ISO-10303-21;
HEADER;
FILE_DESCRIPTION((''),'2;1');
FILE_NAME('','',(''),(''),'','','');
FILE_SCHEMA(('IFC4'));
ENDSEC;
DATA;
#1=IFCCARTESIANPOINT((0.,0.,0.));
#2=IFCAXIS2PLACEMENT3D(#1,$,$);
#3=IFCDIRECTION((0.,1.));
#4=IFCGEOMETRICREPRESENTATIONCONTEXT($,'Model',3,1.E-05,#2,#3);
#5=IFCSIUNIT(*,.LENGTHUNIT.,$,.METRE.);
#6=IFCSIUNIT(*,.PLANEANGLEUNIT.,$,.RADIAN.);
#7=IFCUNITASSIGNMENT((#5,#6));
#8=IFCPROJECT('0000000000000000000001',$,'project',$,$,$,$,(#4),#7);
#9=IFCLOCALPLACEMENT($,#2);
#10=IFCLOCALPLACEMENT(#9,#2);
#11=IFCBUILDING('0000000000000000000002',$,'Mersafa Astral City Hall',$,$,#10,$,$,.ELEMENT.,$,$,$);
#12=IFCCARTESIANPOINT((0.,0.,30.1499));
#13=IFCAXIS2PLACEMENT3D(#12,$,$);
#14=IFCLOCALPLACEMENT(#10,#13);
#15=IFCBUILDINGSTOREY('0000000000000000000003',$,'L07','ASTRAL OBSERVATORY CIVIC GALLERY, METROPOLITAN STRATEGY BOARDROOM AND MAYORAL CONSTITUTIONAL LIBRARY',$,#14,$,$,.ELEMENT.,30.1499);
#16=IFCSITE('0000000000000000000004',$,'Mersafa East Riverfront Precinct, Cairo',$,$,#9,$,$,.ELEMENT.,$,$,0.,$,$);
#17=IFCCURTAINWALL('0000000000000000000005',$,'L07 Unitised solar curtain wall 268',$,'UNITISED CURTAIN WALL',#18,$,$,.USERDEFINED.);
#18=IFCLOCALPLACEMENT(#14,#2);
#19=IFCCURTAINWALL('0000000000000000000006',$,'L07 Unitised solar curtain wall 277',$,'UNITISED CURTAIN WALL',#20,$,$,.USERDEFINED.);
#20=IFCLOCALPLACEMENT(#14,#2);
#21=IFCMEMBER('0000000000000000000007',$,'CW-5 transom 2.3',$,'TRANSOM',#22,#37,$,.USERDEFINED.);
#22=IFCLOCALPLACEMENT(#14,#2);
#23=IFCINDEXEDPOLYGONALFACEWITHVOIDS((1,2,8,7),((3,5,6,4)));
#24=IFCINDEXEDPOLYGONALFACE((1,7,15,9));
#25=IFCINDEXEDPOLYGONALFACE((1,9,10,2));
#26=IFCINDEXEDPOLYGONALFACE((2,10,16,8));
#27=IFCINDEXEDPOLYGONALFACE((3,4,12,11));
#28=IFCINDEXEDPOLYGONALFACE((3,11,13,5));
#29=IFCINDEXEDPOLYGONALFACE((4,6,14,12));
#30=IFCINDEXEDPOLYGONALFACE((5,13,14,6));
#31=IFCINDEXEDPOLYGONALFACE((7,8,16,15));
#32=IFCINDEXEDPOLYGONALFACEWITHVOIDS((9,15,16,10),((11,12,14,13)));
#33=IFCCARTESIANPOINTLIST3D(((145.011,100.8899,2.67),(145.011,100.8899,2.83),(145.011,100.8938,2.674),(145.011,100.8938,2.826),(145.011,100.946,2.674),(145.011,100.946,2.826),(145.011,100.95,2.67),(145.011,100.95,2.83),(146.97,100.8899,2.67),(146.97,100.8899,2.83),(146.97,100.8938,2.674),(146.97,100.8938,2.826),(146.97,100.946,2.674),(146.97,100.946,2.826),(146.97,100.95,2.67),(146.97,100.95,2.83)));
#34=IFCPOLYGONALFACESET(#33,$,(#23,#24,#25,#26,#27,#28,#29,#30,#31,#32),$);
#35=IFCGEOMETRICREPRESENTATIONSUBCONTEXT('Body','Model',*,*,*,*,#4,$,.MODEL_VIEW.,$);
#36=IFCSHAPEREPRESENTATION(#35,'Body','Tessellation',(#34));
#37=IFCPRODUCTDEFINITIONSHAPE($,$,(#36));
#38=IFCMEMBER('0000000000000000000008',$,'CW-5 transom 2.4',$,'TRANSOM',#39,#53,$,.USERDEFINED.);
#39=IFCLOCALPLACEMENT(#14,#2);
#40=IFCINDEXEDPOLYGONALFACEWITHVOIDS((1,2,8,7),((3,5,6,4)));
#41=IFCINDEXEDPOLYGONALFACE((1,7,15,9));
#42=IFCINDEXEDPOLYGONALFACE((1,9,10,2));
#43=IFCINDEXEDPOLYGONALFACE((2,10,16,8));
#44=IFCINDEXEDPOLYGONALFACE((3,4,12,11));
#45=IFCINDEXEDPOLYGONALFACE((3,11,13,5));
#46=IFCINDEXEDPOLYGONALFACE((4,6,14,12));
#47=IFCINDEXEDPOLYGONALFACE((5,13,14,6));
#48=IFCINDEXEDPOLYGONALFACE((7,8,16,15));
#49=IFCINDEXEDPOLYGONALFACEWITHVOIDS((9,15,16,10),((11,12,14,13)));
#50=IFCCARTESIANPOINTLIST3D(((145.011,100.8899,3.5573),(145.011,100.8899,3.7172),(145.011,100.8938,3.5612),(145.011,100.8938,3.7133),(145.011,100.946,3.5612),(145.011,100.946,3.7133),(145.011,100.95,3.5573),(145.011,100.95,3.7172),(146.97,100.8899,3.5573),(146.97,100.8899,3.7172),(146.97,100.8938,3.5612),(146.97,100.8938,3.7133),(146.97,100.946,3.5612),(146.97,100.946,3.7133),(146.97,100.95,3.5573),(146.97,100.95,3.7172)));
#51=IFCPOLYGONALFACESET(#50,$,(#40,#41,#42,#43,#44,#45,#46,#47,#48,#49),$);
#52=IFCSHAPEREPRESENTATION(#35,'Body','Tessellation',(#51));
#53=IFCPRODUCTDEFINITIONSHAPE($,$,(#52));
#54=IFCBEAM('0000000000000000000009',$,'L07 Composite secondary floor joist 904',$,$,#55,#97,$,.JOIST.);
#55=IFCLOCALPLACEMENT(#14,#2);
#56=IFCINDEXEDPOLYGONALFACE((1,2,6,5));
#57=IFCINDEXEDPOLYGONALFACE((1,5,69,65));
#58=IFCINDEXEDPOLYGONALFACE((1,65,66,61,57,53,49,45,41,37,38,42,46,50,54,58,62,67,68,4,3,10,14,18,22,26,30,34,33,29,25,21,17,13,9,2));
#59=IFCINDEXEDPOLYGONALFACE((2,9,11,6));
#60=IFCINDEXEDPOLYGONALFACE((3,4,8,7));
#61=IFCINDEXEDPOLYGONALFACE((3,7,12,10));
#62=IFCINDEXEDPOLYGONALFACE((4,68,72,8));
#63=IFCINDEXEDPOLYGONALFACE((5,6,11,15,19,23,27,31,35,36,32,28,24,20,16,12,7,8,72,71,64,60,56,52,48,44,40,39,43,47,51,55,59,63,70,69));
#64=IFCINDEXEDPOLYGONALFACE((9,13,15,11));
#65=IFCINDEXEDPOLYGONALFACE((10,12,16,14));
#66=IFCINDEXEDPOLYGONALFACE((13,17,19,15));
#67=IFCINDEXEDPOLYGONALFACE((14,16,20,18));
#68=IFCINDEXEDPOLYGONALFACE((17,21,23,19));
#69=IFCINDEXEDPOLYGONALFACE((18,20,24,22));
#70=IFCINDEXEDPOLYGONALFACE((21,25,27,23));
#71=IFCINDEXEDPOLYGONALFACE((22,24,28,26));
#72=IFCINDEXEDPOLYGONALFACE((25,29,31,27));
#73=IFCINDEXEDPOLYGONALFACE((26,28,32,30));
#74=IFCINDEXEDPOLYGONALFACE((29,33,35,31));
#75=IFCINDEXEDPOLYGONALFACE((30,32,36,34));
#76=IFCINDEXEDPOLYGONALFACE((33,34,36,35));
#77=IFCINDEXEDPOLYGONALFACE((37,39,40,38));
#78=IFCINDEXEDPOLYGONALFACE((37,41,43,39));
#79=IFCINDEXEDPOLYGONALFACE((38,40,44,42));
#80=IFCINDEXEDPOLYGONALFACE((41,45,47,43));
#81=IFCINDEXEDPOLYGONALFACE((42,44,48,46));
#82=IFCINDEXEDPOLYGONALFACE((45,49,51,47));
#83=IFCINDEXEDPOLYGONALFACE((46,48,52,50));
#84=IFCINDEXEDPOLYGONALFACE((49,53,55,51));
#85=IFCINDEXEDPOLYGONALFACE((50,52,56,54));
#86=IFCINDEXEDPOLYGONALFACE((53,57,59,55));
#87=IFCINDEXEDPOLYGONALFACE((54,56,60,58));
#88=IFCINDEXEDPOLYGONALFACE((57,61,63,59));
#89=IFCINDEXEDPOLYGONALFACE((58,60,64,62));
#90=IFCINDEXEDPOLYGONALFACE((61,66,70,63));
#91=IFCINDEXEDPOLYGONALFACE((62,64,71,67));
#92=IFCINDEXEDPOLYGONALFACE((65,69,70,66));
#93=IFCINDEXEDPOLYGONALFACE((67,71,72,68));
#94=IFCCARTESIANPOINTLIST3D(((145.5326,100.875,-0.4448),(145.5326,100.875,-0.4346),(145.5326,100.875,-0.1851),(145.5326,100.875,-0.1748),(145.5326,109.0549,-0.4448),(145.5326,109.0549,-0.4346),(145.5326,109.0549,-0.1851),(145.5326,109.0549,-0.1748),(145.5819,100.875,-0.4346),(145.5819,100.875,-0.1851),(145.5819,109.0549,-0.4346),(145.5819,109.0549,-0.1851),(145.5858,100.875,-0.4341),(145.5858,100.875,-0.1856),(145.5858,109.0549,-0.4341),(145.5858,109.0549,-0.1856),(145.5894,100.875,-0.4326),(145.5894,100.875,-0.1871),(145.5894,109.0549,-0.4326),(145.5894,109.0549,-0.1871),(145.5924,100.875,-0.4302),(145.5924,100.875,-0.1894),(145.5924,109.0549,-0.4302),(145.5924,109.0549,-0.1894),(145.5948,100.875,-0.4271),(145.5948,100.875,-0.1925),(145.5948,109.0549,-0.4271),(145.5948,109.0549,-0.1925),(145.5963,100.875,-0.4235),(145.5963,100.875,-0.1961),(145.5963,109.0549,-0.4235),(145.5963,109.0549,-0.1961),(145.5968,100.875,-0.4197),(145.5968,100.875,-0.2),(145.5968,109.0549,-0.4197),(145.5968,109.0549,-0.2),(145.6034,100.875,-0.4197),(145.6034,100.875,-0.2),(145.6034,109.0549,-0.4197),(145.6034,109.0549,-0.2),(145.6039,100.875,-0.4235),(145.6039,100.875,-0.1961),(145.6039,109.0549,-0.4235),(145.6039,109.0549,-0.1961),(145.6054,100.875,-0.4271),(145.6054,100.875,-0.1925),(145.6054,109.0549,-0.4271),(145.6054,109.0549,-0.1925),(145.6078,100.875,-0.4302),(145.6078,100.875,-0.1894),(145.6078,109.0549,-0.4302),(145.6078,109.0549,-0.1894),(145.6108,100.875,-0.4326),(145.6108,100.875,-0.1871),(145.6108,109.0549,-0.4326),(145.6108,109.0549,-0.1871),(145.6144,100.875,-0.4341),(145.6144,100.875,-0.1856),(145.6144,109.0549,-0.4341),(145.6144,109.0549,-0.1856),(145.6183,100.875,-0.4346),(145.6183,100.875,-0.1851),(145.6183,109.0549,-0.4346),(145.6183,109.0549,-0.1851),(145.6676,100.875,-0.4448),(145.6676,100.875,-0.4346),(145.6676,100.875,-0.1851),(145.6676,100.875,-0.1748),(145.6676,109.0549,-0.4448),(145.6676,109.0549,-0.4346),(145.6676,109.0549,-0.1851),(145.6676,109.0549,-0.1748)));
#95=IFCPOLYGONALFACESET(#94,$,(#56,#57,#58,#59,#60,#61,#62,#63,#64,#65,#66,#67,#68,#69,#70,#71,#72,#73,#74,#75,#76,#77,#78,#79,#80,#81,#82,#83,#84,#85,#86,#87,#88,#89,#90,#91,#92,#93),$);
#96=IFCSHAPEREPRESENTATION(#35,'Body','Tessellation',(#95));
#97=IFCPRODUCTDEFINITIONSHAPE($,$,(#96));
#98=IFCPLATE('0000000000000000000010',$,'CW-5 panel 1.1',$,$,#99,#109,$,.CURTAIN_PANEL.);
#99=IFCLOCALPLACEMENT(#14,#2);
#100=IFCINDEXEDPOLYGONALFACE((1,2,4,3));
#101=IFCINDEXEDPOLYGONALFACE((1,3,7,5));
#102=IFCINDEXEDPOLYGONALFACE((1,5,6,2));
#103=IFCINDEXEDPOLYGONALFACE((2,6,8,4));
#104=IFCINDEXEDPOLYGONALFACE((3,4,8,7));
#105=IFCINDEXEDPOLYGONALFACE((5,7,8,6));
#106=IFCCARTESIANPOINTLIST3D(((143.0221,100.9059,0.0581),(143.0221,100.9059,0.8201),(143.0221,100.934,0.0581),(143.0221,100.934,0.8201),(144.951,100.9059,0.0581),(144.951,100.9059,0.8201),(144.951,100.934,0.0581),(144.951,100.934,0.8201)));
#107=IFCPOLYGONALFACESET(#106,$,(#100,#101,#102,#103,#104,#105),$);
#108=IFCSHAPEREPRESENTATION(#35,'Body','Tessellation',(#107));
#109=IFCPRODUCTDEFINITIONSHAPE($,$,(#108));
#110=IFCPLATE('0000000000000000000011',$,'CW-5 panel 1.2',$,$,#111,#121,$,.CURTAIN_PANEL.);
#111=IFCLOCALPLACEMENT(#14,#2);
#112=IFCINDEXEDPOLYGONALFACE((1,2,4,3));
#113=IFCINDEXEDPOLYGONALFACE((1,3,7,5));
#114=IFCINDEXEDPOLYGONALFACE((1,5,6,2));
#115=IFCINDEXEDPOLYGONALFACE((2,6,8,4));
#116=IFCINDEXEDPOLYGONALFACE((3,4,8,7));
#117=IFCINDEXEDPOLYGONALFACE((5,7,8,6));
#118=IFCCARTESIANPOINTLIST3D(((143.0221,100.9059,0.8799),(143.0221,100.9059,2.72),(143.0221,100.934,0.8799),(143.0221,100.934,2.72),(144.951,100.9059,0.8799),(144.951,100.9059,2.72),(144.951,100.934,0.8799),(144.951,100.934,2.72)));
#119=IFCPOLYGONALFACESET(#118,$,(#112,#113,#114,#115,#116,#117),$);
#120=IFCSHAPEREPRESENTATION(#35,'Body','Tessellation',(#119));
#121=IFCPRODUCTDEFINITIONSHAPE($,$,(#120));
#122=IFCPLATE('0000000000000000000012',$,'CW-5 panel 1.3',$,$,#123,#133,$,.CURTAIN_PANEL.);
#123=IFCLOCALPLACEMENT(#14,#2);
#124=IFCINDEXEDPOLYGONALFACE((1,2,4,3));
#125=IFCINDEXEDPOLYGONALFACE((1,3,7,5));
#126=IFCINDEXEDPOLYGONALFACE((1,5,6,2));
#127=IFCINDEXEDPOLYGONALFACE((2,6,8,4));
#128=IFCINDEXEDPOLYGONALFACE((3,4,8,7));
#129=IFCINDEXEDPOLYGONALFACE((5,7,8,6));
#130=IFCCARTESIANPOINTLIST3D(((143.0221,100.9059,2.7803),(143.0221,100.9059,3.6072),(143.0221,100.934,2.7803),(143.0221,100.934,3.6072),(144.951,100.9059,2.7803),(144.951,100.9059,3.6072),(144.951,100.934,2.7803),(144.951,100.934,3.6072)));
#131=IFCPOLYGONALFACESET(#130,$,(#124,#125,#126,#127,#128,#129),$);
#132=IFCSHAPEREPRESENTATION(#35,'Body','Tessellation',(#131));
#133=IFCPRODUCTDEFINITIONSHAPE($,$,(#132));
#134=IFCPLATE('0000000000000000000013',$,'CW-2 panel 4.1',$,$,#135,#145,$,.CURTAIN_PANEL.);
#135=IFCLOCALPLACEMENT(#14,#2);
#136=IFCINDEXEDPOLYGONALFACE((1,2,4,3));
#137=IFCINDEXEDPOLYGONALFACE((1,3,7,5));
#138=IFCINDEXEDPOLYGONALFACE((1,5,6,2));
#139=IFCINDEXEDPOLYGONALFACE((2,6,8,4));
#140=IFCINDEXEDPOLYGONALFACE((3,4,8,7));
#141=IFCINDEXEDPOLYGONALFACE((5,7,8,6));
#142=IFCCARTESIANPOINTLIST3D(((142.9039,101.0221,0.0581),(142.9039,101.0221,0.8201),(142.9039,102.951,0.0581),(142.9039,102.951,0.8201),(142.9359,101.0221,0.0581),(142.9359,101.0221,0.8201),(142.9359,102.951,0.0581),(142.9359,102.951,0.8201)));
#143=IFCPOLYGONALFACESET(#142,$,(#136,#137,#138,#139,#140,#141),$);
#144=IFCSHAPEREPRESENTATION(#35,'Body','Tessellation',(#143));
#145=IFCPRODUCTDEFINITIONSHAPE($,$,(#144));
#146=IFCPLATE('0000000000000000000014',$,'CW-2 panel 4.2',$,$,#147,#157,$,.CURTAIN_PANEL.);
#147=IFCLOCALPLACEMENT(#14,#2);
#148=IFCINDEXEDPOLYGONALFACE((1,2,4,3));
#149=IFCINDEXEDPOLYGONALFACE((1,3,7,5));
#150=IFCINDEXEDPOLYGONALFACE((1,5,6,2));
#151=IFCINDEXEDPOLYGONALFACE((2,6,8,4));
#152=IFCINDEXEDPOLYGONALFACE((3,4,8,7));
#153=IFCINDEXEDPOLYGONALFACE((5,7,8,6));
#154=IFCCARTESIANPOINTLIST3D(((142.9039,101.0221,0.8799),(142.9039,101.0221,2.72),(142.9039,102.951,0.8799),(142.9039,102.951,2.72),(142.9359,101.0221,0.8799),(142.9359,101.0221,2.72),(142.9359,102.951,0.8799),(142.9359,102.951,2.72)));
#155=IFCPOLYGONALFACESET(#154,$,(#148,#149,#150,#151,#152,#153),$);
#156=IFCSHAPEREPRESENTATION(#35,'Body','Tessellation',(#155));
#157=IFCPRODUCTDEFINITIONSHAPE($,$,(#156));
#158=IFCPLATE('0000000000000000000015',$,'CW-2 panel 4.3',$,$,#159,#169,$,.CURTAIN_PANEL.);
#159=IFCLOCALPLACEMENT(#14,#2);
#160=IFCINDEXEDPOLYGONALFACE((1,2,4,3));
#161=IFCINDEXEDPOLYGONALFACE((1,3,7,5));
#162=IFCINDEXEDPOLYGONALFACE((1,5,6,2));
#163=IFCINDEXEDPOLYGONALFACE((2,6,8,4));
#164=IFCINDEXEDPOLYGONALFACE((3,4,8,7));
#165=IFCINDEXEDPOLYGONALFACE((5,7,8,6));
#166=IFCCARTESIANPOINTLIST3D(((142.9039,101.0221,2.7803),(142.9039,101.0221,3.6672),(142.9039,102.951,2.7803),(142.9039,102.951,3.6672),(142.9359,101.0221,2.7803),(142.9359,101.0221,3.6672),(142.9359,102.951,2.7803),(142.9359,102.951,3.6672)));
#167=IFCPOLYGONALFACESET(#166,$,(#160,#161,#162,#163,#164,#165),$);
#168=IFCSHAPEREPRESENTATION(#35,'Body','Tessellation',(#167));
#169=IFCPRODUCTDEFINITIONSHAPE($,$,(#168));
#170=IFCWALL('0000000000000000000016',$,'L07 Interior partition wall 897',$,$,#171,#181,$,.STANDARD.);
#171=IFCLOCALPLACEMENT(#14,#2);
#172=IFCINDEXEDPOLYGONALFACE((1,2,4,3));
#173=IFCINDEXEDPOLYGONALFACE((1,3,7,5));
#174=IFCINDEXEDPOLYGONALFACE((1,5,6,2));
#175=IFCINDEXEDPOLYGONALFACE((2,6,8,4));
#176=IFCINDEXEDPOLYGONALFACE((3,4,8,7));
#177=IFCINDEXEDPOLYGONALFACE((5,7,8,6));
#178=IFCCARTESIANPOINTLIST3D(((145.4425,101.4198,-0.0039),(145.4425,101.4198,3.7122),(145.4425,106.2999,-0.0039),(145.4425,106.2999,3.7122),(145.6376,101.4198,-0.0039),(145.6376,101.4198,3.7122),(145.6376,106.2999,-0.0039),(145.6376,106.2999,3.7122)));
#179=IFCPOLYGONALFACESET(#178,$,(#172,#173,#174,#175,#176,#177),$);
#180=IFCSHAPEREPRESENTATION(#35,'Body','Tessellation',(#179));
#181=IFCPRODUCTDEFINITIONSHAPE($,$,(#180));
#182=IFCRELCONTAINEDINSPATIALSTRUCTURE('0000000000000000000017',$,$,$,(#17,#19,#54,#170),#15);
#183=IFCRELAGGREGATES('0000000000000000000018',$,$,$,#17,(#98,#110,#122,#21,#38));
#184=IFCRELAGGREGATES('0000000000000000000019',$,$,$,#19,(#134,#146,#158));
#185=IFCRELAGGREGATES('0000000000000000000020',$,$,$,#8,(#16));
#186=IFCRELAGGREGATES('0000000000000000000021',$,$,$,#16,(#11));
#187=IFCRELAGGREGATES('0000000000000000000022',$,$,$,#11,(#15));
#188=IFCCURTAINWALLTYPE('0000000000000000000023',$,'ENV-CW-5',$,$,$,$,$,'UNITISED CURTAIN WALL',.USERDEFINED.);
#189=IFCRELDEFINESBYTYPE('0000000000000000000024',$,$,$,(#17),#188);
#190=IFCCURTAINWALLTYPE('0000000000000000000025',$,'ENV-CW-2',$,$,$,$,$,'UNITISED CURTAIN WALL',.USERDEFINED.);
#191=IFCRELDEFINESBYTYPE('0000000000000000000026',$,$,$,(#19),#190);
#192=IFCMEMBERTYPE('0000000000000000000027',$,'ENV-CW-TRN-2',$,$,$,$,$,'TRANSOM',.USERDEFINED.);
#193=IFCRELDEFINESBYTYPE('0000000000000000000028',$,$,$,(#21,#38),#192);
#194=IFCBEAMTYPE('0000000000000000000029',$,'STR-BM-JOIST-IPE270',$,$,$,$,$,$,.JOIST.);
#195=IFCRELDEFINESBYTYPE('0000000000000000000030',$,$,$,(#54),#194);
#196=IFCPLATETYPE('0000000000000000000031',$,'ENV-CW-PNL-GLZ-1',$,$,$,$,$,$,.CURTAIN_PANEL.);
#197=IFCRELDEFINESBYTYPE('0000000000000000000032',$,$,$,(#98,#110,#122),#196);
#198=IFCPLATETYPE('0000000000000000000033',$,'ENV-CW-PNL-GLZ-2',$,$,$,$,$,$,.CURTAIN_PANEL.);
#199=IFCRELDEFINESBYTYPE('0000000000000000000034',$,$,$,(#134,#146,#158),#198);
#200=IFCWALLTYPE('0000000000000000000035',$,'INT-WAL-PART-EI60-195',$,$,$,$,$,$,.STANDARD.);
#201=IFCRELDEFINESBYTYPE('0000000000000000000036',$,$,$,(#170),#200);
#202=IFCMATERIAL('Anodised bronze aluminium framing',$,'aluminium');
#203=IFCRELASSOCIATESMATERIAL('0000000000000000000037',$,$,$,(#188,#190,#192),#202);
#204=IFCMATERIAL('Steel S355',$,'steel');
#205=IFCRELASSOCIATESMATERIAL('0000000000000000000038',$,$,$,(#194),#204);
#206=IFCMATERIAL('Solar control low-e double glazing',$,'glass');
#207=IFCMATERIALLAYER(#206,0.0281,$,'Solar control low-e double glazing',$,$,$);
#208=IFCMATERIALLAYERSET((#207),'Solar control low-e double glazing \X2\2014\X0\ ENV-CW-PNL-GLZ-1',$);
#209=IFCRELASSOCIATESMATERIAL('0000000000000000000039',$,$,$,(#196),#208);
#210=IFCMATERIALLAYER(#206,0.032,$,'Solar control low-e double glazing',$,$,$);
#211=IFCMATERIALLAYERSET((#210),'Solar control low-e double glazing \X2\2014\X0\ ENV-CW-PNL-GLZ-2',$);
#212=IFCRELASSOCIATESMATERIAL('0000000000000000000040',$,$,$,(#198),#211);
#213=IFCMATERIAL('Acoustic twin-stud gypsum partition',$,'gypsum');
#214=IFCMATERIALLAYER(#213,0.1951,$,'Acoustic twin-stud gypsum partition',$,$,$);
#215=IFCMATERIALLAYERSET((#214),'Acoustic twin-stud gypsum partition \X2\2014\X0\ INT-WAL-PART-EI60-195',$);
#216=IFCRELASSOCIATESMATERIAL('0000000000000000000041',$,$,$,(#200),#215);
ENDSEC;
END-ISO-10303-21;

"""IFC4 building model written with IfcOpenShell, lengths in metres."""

from ifc_helpers import new_model, si_unit, direction, frame, frame_2d, origin, origin_2d, place, context, subcontext, project, spatial, rectangle, hollow_rectangle, i_section, extrude, material, layer, layer_set, material_profile, profile_set, type_object, element, aggregate, save


model = new_model("IFC4")

# Units and contexts
model_context = context("Model", 3, precision=1e-05, world=origin(), true_north=direction((0.0, 1.0)))
body_context = subcontext(model_context, "Body", "Model", "MODEL_VIEW")
ifc_project = project(units=[si_unit("LENGTHUNIT", "METRE"), si_unit("PLANEANGLEUNIT", "RADIAN")], contexts=[model_context])

# Site, building, storey
site_placement = place(None, origin())
site = spatial("IfcSite", under=ifc_project, at=site_placement, Name="Mersafa East Riverfront Precinct, Cairo", CompositionType="ELEMENT", RefElevation=0.0)
building_placement = place(site_placement, origin())
building = spatial("IfcBuilding", under=site, at=building_placement, Name="Mersafa Astral City Hall", CompositionType="ELEMENT")
storey_placement = place(building_placement, frame((0.0, 0.0, 30.1499)))
storey = spatial("IfcBuildingStorey", under=building, at=storey_placement, Name="L07", Description="ASTRAL OBSERVATORY CIVIC GALLERY, METROPOLITAN STRATEGY BOARDROOM AND MAYORAL CONSTITUTIONAL LIBRARY", CompositionType="ELEMENT", Elevation=30.1499)

# Curtain walls
ifc_material_1 = material(Name="Anodised bronze aluminium framing", Category="aluminium")
curtain_wall_type_1 = type_object("IfcCurtainWallType", Name="ENV-CW-5", ElementType="UNITISED CURTAIN WALL", PredefinedType="USERDEFINED", material=ifc_material_1)
curtain_wall_1_placement = place(storey_placement, origin())
curtain_wall_1 = element("IfcCurtainWall", 1, at=curtain_wall_1_placement, inside=storey, type_object=curtain_wall_type_1, Name="L07 Unitised solar curtain wall 268", ObjectType="UNITISED CURTAIN WALL", PredefinedType="USERDEFINED")
curtain_wall_type_2 = type_object("IfcCurtainWallType", Name="ENV-CW-2", ElementType="UNITISED CURTAIN WALL", PredefinedType="USERDEFINED", material=ifc_material_1)
curtain_wall_2_placement = place(storey_placement, origin())
curtain_wall_2 = element("IfcCurtainWall", 2, at=curtain_wall_2_placement, inside=storey, type_object=curtain_wall_type_2, Name="L07 Unitised solar curtain wall 277", ObjectType="UNITISED CURTAIN WALL", PredefinedType="USERDEFINED")

# Members
ifc_material_profile_1 = material_profile(ifc_material_1, hollow_rectangle(XDim=0.0601, YDim=0.1599, WallThickness=0.0039, at=origin_2d()), Name="RHS 60x160x4")
ifc_profile_set_1 = profile_set([ifc_material_profile_1], Name="Anodised bronze aluminium framing")
member_type_1 = type_object("IfcMemberType", Name="ENV-CW-TRN-2", ElementType="TRANSOM", PredefinedType="USERDEFINED", material=ifc_profile_set_1)
member_1_placement = place(storey_placement, frame((145.011, 100.9199, 2.75), z_axis=(1.0, 0.0, 0.0), x_axis=(0.0, 1.0, 0.0)))
member_1 = element("IfcMember", 3, at=member_1_placement, type_object=member_type_1, Name="CW-5 transom 2.3", ObjectType="TRANSOM", PredefinedType="USERDEFINED", context=body_context, shape_type="SweptSolid", body=[
    extrude(hollow_rectangle(XDim=0.0601, YDim=0.1599, WallThickness=0.0039, at=origin_2d()), origin(), (0.0, 0.0, 1.0), 1.959),
])
member_2_placement = place(storey_placement, frame((145.011, 100.9199, 3.6372), z_axis=(1.0, 0.0, 0.0), x_axis=(0.0, 1.0, 0.0)))
member_2 = element("IfcMember", 4, at=member_2_placement, type_object=member_type_1, Name="CW-5 transom 2.4", ObjectType="TRANSOM", PredefinedType="USERDEFINED", context=body_context, shape_type="SweptSolid", body=[
    extrude(hollow_rectangle(XDim=0.0601, YDim=0.1599, WallThickness=0.0039, at=origin_2d()), origin(), (0.0, 0.0, 1.0), 1.959),
])

# Beam
ifc_material_2 = material(Name="Steel S355", Category="steel")
ifc_material_profile_2 = material_profile(ifc_material_2, i_section(OverallWidth=0.135, OverallDepth=0.27, WebThickness=0.0066, FlangeThickness=0.0103, FilletRadius=0.0149, at=origin_2d()), Name="IPE 270")
ifc_profile_set_2 = profile_set([ifc_material_profile_2], Name="Steel S355")
beam_type = type_object("IfcBeamType", Name="STR-BM-JOIST-IPE270", PredefinedType="JOIST", material=ifc_profile_set_2)
beam_placement = place(storey_placement, frame((145.6001, 100.875, -0.3098), z_axis=(0.0, 1.0, 0.0), x_axis=(-1.0, 0.0, 0.0)))
element("IfcBeam", 5, at=beam_placement, inside=storey, type_object=beam_type, Name="L07 Composite secondary floor joist 904", PredefinedType="JOIST", context=body_context, shape_type="SweptSolid", body=[
    extrude(i_section(OverallWidth=0.135, OverallDepth=0.27, WebThickness=0.0066, FlangeThickness=0.0103, FilletRadius=0.0149, at=origin_2d()), origin(), (0.0, 0.0, 1.0), 8.1799),
])

# Plates
ifc_material_3 = material(Name="Solar control low-e double glazing", Category="glass")
ifc_layer_1 = layer(ifc_material_3, 0.0281, Name="Solar control low-e double glazing")
ifc_layer_set_1 = layer_set([ifc_layer_1], Name="Solar control low-e double glazing — ENV-CW-PNL-GLZ-1")
plate_type_1 = type_object("IfcPlateType", Name="ENV-CW-PNL-GLZ-1", PredefinedType="CURTAIN_PANEL", material=ifc_layer_set_1)
plate_1_placement = place(storey_placement, frame((143.9866, 100.9199, 0.0581), z_axis=(0.0, 0.0, 1.0), x_axis=(1.0, 0.0, 0.0)))
plate_1 = element("IfcPlate", 6, at=plate_1_placement, type_object=plate_type_1, Name="CW-5 panel 1.1", PredefinedType="CURTAIN_PANEL", context=body_context, shape_type="SweptSolid", body=[
    extrude(rectangle(XDim=1.929, YDim=0.0281, at=origin_2d()), origin(), (0.0, 0.0, 1.0), 0.762),
])
plate_2_placement = place(storey_placement, frame((143.9866, 100.9199, 0.8799), z_axis=(0.0, 0.0, 1.0), x_axis=(1.0, 0.0, 0.0)))
plate_2 = element("IfcPlate", 7, at=plate_2_placement, type_object=plate_type_1, Name="CW-5 panel 1.2", PredefinedType="CURTAIN_PANEL", context=body_context, shape_type="SweptSolid", body=[
    extrude(rectangle(XDim=1.929, YDim=0.0281, at=origin_2d()), origin(), (0.0, 0.0, 1.0), 1.8401),
])
plate_3_placement = place(storey_placement, frame((143.9866, 100.9199, 2.7803), z_axis=(0.0, 0.0, 1.0), x_axis=(1.0, 0.0, 0.0)))
plate_3 = element("IfcPlate", 8, at=plate_3_placement, type_object=plate_type_1, Name="CW-5 panel 1.3", PredefinedType="CURTAIN_PANEL", context=body_context, shape_type="SweptSolid", body=[
    extrude(rectangle(XDim=1.929, YDim=0.0281, at=origin_2d()), origin(), (0.0, 0.0, 1.0), 0.8269),
])
aggregate(curtain_wall_1, [plate_1, plate_2, plate_3, member_1, member_2])
ifc_layer_2 = layer(ifc_material_3, 0.032, Name="Solar control low-e double glazing")
ifc_layer_set_2 = layer_set([ifc_layer_2], Name="Solar control low-e double glazing — ENV-CW-PNL-GLZ-2")
plate_type_2 = type_object("IfcPlateType", Name="ENV-CW-PNL-GLZ-2", PredefinedType="CURTAIN_PANEL", material=ifc_layer_set_2)
plate_4_placement = place(storey_placement, frame((142.9199, 101.9866, 0.0581), z_axis=(0.0, 0.0, 1.0), x_axis=(0.0, -1.0, 0.0)))
plate_4 = element("IfcPlate", 9, at=plate_4_placement, type_object=plate_type_2, Name="CW-2 panel 4.1", PredefinedType="CURTAIN_PANEL", context=body_context, shape_type="SweptSolid", body=[
    extrude(rectangle(XDim=1.929, YDim=0.032, at=origin_2d()), origin(), (0.0, 0.0, 1.0), 0.762),
])
plate_5_placement = place(storey_placement, frame((142.9199, 101.9866, 0.8799), z_axis=(0.0, 0.0, 1.0), x_axis=(0.0, -1.0, 0.0)))
plate_5 = element("IfcPlate", 10, at=plate_5_placement, type_object=plate_type_2, Name="CW-2 panel 4.2", PredefinedType="CURTAIN_PANEL", context=body_context, shape_type="SweptSolid", body=[
    extrude(rectangle(XDim=1.929, YDim=0.032, at=origin_2d()), origin(), (0.0, 0.0, 1.0), 1.8401),
])
plate_6_placement = place(storey_placement, frame((142.9199, 101.9866, 2.7803), z_axis=(0.0, 0.0, 1.0), x_axis=(0.0, -1.0, 0.0)))
plate_6 = element("IfcPlate", 11, at=plate_6_placement, type_object=plate_type_2, Name="CW-2 panel 4.3", PredefinedType="CURTAIN_PANEL", context=body_context, shape_type="SweptSolid", body=[
    extrude(rectangle(XDim=1.929, YDim=0.032, at=origin_2d()), origin(), (0.0, 0.0, 1.0), 0.887),
])
aggregate(curtain_wall_2, [plate_4, plate_5, plate_6])

# Wall
ifc_material_4 = material(Name="Acoustic twin-stud gypsum partition", Category="gypsum")
ifc_layer_3 = layer(ifc_material_4, 0.1951, Name="Acoustic twin-stud gypsum partition")
ifc_layer_set_3 = layer_set([ifc_layer_3], Name="Acoustic twin-stud gypsum partition — INT-WAL-PART-EI60-195")
wall_type_1 = type_object("IfcWallType", Name="INT-WAL-PART-EI60-195", PredefinedType="STANDARD", material=ifc_layer_set_3)
wall_1_placement = place(storey_placement, frame((145.54, 101.4199, -0.0039), z_axis=(0.0, 0.0, 1.0), x_axis=(0.0, 1.0, 0.0)))
element("IfcWall", 12, at=wall_1_placement, inside=storey, type_object=wall_type_1, Name="L07 Interior partition wall 897", PredefinedType="STANDARD", context=body_context, shape_type="SweptSolid", body=[
    extrude(rectangle(XDim=4.8801, YDim=0.1951, at=frame_2d((2.4399, 0.0))), origin(), (0.0, 0.0, 1.0), 3.7161),
])

save(model, "model.ifc")
